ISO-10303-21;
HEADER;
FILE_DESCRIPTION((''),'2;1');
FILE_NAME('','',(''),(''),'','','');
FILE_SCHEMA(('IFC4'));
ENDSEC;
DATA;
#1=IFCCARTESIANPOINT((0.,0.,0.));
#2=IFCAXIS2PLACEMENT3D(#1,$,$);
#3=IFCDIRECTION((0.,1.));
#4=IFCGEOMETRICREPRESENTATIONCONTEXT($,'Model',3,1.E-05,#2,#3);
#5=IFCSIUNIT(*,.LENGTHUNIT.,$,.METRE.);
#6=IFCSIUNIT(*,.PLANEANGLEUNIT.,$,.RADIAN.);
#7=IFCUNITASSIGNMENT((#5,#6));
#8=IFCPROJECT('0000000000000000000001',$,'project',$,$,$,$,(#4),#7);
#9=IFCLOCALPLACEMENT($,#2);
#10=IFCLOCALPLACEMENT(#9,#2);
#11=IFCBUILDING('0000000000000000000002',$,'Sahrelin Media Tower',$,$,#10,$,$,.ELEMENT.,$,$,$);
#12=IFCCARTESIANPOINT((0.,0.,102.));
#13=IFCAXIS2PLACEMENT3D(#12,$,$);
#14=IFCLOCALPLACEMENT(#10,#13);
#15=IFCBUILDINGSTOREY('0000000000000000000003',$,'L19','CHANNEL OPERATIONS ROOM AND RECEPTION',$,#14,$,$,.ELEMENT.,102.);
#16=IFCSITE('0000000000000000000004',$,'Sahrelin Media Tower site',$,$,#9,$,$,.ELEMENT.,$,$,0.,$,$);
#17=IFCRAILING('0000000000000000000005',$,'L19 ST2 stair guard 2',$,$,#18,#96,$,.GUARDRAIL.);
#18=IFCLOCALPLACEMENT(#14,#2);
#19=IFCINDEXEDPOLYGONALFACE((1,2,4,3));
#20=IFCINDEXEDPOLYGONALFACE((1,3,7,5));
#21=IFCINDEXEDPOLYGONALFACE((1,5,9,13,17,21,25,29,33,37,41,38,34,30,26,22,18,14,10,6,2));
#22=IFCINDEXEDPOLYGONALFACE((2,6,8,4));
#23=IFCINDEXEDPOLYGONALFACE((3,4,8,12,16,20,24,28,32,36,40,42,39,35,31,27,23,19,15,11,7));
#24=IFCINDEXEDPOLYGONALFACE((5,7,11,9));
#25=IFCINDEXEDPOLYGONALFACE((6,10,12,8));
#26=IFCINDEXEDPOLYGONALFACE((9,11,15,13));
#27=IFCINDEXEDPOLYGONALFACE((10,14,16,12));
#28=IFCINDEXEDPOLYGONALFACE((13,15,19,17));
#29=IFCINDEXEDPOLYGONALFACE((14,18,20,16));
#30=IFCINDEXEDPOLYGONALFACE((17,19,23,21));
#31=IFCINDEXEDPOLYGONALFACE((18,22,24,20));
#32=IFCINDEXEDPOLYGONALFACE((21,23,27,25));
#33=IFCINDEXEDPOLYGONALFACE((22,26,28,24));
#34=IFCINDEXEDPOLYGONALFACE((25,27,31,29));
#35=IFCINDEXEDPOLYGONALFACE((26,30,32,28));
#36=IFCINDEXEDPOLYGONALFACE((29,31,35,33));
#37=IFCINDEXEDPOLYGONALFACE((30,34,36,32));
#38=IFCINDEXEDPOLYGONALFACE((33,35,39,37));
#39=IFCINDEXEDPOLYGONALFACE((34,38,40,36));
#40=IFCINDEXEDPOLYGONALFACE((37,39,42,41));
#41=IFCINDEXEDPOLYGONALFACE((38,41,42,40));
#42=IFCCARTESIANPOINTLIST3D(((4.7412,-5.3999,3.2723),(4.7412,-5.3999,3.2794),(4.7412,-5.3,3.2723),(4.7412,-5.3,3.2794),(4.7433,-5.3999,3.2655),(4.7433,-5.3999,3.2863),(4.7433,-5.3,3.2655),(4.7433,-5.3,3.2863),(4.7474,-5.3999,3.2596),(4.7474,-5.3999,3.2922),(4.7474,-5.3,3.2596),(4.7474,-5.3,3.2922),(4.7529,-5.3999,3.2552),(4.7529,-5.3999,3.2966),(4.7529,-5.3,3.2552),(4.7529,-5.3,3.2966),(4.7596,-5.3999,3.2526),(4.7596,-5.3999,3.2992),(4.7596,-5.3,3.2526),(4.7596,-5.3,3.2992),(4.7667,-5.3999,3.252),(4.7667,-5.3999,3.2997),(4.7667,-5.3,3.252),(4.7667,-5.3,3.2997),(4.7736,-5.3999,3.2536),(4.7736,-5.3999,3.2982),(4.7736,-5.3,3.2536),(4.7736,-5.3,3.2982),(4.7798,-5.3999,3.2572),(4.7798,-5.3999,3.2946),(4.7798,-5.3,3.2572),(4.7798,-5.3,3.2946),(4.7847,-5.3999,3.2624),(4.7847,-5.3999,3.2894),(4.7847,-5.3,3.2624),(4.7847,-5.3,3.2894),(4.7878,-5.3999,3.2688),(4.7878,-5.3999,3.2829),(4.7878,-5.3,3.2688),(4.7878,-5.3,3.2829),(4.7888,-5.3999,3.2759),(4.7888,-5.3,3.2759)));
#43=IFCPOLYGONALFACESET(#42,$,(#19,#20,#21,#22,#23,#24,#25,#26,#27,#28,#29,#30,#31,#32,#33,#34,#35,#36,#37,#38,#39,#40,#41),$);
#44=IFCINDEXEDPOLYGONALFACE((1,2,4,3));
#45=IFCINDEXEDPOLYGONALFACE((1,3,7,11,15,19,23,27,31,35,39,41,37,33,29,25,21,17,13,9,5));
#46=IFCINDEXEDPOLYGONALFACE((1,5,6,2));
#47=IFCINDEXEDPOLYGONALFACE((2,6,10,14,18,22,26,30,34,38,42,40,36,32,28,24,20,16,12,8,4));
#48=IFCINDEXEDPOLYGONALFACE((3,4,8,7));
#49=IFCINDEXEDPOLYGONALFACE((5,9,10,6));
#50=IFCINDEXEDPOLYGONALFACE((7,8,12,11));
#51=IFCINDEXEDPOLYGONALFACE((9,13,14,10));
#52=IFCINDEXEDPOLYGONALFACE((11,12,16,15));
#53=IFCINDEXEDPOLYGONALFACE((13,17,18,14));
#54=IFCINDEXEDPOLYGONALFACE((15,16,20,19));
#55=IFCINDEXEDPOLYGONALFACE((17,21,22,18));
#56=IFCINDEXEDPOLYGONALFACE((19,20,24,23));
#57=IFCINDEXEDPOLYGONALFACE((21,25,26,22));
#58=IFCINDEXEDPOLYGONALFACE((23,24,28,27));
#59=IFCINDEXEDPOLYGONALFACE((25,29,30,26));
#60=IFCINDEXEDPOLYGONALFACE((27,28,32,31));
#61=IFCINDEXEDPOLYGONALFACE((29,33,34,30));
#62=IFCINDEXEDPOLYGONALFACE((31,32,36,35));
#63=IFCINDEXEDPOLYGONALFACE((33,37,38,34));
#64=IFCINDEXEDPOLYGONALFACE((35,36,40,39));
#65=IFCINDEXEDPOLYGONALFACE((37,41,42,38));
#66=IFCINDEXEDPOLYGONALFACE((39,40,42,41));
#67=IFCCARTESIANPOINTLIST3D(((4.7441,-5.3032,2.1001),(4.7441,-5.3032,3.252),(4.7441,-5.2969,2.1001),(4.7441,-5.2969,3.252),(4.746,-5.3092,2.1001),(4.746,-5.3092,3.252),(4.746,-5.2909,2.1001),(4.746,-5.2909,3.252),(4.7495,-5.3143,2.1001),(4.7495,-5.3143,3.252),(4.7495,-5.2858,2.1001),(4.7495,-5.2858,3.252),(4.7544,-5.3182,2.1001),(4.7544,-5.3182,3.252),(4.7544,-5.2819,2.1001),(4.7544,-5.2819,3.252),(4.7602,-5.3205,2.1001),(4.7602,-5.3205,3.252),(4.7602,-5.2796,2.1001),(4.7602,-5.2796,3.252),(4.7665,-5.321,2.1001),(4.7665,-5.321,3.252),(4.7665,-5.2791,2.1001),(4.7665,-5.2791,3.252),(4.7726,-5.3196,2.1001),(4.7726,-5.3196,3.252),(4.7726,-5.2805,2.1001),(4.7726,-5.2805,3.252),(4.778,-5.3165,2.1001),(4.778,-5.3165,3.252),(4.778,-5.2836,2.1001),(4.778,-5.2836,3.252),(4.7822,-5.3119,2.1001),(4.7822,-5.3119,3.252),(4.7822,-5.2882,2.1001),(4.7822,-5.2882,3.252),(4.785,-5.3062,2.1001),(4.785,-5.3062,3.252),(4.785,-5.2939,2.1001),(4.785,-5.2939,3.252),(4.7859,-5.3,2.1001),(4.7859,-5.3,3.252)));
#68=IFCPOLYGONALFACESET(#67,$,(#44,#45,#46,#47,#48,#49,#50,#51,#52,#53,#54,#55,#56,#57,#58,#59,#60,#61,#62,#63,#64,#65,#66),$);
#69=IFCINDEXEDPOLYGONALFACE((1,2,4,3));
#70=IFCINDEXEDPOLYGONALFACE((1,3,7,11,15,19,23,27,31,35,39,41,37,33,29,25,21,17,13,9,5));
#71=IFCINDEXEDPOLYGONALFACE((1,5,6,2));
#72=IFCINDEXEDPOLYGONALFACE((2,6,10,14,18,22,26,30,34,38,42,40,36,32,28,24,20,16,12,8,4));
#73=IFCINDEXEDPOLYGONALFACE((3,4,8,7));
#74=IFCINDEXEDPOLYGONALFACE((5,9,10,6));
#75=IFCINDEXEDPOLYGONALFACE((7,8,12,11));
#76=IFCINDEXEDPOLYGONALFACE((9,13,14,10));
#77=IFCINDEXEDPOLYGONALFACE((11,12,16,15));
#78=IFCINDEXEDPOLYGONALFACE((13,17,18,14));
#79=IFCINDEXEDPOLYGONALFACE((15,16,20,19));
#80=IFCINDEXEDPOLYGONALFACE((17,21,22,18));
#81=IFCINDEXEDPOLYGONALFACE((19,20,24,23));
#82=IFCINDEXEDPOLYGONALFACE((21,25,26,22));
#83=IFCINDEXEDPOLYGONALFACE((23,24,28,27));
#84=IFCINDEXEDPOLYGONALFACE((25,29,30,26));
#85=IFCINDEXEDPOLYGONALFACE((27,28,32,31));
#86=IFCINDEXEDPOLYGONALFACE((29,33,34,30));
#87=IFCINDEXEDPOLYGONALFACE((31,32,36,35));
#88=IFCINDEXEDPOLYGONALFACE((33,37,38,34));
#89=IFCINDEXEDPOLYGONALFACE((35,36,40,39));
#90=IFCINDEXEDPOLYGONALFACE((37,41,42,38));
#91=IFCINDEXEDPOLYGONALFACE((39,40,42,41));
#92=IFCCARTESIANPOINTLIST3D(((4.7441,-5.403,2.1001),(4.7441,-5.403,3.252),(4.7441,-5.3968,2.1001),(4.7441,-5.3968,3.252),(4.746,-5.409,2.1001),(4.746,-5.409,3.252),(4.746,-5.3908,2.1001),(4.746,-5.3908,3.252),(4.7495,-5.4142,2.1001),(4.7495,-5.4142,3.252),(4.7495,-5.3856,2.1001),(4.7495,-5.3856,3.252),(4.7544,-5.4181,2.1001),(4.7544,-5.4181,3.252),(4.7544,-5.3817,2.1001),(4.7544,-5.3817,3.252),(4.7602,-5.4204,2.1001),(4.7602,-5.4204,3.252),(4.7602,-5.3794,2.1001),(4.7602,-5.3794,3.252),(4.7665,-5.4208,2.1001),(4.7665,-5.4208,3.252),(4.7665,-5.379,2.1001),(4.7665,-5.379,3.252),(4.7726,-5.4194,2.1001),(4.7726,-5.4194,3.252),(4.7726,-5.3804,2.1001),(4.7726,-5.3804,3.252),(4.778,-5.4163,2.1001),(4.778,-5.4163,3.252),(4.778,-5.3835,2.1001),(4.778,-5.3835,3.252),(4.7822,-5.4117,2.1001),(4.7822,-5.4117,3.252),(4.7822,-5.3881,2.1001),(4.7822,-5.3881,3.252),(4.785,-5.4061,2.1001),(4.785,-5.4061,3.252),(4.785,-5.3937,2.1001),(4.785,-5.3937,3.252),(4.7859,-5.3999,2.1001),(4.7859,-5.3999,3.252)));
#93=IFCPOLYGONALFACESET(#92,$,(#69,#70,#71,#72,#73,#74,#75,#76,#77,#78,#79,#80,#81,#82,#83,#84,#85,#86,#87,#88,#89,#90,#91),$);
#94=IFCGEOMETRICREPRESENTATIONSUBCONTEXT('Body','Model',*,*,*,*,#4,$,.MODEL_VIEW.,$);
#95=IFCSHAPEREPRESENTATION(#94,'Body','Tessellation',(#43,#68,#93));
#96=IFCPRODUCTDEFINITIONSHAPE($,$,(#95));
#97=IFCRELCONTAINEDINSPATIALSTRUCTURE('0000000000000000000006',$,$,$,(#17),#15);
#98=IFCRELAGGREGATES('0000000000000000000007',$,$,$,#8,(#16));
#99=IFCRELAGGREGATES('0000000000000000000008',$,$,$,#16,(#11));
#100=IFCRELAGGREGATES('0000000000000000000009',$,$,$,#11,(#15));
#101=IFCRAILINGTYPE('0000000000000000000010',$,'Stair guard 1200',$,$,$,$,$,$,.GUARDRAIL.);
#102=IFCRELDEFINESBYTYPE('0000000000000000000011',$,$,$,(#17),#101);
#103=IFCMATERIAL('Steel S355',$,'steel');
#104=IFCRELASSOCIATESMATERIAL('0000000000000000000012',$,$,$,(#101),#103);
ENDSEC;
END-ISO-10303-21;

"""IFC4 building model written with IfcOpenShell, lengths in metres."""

from ifc_helpers import new_model, si_unit, direction, frame, origin, origin_2d, place, context, subcontext, project, spatial, circle, extrude, material, type_object, element, save


model = new_model("IFC4")

# Units and contexts
model_context = context("Model", 3, precision=1e-05, world=origin(), true_north=direction((0.0, 1.0)))
body_context = subcontext(model_context, "Body", "Model", "MODEL_VIEW")
ifc_project = project(units=[si_unit("LENGTHUNIT", "METRE"), si_unit("PLANEANGLEUNIT", "RADIAN")], contexts=[model_context])

# Site, building, storey
site_placement = place(None, origin())
site = spatial("IfcSite", under=ifc_project, at=site_placement, Name="Sahrelin Media Tower site", CompositionType="ELEMENT", RefElevation=0.0)
building_placement = place(site_placement, origin())
building = spatial("IfcBuilding", under=site, at=building_placement, Name="Sahrelin Media Tower", CompositionType="ELEMENT")
storey_placement = place(building_placement, frame((0.0, 0.0, 102.0)))
storey = spatial("IfcBuildingStorey", under=building, at=storey_placement, Name="L19", Description="CHANNEL OPERATIONS ROOM AND RECEPTION", CompositionType="ELEMENT", Elevation=102.0)

# Shared definitions
ifc_material_1 = material(Name="Steel S355", Category="steel")

# Railing
railing_type_1 = type_object("IfcRailingType", Name="Stair guard 1200", PredefinedType="GUARDRAIL", material=ifc_material_1)
railing_1_placement = place(storey_placement, frame((4.7649, -5.3, 2.1001)))
element("IfcRailing", 1, at=railing_1_placement, inside=storey, type_object=railing_type_1, Name="L19 ST2 stair guard 2", PredefinedType="GUARDRAIL", context=body_context, shape_type="SweptSolid", body=[
    extrude(circle(Radius=0.0239, at=origin_2d()), frame((0.0, 0.0, 1.1758), z_axis=(0.0, -1.0, 0.0), x_axis=(1.0, 0.0, 0.0)), (0.0, 0.0, 1.0), 0.0999),
    extrude(circle(Radius=0.021, at=origin_2d()), origin(), (0.0, 0.0, 1.0), 1.1519),
    extrude(circle(Radius=0.021, at=origin_2d()), frame((0.0, -0.0999, 0.0)), (0.0, 0.0, 1.0), 1.1519),
])

save(model, "model.ifc")
